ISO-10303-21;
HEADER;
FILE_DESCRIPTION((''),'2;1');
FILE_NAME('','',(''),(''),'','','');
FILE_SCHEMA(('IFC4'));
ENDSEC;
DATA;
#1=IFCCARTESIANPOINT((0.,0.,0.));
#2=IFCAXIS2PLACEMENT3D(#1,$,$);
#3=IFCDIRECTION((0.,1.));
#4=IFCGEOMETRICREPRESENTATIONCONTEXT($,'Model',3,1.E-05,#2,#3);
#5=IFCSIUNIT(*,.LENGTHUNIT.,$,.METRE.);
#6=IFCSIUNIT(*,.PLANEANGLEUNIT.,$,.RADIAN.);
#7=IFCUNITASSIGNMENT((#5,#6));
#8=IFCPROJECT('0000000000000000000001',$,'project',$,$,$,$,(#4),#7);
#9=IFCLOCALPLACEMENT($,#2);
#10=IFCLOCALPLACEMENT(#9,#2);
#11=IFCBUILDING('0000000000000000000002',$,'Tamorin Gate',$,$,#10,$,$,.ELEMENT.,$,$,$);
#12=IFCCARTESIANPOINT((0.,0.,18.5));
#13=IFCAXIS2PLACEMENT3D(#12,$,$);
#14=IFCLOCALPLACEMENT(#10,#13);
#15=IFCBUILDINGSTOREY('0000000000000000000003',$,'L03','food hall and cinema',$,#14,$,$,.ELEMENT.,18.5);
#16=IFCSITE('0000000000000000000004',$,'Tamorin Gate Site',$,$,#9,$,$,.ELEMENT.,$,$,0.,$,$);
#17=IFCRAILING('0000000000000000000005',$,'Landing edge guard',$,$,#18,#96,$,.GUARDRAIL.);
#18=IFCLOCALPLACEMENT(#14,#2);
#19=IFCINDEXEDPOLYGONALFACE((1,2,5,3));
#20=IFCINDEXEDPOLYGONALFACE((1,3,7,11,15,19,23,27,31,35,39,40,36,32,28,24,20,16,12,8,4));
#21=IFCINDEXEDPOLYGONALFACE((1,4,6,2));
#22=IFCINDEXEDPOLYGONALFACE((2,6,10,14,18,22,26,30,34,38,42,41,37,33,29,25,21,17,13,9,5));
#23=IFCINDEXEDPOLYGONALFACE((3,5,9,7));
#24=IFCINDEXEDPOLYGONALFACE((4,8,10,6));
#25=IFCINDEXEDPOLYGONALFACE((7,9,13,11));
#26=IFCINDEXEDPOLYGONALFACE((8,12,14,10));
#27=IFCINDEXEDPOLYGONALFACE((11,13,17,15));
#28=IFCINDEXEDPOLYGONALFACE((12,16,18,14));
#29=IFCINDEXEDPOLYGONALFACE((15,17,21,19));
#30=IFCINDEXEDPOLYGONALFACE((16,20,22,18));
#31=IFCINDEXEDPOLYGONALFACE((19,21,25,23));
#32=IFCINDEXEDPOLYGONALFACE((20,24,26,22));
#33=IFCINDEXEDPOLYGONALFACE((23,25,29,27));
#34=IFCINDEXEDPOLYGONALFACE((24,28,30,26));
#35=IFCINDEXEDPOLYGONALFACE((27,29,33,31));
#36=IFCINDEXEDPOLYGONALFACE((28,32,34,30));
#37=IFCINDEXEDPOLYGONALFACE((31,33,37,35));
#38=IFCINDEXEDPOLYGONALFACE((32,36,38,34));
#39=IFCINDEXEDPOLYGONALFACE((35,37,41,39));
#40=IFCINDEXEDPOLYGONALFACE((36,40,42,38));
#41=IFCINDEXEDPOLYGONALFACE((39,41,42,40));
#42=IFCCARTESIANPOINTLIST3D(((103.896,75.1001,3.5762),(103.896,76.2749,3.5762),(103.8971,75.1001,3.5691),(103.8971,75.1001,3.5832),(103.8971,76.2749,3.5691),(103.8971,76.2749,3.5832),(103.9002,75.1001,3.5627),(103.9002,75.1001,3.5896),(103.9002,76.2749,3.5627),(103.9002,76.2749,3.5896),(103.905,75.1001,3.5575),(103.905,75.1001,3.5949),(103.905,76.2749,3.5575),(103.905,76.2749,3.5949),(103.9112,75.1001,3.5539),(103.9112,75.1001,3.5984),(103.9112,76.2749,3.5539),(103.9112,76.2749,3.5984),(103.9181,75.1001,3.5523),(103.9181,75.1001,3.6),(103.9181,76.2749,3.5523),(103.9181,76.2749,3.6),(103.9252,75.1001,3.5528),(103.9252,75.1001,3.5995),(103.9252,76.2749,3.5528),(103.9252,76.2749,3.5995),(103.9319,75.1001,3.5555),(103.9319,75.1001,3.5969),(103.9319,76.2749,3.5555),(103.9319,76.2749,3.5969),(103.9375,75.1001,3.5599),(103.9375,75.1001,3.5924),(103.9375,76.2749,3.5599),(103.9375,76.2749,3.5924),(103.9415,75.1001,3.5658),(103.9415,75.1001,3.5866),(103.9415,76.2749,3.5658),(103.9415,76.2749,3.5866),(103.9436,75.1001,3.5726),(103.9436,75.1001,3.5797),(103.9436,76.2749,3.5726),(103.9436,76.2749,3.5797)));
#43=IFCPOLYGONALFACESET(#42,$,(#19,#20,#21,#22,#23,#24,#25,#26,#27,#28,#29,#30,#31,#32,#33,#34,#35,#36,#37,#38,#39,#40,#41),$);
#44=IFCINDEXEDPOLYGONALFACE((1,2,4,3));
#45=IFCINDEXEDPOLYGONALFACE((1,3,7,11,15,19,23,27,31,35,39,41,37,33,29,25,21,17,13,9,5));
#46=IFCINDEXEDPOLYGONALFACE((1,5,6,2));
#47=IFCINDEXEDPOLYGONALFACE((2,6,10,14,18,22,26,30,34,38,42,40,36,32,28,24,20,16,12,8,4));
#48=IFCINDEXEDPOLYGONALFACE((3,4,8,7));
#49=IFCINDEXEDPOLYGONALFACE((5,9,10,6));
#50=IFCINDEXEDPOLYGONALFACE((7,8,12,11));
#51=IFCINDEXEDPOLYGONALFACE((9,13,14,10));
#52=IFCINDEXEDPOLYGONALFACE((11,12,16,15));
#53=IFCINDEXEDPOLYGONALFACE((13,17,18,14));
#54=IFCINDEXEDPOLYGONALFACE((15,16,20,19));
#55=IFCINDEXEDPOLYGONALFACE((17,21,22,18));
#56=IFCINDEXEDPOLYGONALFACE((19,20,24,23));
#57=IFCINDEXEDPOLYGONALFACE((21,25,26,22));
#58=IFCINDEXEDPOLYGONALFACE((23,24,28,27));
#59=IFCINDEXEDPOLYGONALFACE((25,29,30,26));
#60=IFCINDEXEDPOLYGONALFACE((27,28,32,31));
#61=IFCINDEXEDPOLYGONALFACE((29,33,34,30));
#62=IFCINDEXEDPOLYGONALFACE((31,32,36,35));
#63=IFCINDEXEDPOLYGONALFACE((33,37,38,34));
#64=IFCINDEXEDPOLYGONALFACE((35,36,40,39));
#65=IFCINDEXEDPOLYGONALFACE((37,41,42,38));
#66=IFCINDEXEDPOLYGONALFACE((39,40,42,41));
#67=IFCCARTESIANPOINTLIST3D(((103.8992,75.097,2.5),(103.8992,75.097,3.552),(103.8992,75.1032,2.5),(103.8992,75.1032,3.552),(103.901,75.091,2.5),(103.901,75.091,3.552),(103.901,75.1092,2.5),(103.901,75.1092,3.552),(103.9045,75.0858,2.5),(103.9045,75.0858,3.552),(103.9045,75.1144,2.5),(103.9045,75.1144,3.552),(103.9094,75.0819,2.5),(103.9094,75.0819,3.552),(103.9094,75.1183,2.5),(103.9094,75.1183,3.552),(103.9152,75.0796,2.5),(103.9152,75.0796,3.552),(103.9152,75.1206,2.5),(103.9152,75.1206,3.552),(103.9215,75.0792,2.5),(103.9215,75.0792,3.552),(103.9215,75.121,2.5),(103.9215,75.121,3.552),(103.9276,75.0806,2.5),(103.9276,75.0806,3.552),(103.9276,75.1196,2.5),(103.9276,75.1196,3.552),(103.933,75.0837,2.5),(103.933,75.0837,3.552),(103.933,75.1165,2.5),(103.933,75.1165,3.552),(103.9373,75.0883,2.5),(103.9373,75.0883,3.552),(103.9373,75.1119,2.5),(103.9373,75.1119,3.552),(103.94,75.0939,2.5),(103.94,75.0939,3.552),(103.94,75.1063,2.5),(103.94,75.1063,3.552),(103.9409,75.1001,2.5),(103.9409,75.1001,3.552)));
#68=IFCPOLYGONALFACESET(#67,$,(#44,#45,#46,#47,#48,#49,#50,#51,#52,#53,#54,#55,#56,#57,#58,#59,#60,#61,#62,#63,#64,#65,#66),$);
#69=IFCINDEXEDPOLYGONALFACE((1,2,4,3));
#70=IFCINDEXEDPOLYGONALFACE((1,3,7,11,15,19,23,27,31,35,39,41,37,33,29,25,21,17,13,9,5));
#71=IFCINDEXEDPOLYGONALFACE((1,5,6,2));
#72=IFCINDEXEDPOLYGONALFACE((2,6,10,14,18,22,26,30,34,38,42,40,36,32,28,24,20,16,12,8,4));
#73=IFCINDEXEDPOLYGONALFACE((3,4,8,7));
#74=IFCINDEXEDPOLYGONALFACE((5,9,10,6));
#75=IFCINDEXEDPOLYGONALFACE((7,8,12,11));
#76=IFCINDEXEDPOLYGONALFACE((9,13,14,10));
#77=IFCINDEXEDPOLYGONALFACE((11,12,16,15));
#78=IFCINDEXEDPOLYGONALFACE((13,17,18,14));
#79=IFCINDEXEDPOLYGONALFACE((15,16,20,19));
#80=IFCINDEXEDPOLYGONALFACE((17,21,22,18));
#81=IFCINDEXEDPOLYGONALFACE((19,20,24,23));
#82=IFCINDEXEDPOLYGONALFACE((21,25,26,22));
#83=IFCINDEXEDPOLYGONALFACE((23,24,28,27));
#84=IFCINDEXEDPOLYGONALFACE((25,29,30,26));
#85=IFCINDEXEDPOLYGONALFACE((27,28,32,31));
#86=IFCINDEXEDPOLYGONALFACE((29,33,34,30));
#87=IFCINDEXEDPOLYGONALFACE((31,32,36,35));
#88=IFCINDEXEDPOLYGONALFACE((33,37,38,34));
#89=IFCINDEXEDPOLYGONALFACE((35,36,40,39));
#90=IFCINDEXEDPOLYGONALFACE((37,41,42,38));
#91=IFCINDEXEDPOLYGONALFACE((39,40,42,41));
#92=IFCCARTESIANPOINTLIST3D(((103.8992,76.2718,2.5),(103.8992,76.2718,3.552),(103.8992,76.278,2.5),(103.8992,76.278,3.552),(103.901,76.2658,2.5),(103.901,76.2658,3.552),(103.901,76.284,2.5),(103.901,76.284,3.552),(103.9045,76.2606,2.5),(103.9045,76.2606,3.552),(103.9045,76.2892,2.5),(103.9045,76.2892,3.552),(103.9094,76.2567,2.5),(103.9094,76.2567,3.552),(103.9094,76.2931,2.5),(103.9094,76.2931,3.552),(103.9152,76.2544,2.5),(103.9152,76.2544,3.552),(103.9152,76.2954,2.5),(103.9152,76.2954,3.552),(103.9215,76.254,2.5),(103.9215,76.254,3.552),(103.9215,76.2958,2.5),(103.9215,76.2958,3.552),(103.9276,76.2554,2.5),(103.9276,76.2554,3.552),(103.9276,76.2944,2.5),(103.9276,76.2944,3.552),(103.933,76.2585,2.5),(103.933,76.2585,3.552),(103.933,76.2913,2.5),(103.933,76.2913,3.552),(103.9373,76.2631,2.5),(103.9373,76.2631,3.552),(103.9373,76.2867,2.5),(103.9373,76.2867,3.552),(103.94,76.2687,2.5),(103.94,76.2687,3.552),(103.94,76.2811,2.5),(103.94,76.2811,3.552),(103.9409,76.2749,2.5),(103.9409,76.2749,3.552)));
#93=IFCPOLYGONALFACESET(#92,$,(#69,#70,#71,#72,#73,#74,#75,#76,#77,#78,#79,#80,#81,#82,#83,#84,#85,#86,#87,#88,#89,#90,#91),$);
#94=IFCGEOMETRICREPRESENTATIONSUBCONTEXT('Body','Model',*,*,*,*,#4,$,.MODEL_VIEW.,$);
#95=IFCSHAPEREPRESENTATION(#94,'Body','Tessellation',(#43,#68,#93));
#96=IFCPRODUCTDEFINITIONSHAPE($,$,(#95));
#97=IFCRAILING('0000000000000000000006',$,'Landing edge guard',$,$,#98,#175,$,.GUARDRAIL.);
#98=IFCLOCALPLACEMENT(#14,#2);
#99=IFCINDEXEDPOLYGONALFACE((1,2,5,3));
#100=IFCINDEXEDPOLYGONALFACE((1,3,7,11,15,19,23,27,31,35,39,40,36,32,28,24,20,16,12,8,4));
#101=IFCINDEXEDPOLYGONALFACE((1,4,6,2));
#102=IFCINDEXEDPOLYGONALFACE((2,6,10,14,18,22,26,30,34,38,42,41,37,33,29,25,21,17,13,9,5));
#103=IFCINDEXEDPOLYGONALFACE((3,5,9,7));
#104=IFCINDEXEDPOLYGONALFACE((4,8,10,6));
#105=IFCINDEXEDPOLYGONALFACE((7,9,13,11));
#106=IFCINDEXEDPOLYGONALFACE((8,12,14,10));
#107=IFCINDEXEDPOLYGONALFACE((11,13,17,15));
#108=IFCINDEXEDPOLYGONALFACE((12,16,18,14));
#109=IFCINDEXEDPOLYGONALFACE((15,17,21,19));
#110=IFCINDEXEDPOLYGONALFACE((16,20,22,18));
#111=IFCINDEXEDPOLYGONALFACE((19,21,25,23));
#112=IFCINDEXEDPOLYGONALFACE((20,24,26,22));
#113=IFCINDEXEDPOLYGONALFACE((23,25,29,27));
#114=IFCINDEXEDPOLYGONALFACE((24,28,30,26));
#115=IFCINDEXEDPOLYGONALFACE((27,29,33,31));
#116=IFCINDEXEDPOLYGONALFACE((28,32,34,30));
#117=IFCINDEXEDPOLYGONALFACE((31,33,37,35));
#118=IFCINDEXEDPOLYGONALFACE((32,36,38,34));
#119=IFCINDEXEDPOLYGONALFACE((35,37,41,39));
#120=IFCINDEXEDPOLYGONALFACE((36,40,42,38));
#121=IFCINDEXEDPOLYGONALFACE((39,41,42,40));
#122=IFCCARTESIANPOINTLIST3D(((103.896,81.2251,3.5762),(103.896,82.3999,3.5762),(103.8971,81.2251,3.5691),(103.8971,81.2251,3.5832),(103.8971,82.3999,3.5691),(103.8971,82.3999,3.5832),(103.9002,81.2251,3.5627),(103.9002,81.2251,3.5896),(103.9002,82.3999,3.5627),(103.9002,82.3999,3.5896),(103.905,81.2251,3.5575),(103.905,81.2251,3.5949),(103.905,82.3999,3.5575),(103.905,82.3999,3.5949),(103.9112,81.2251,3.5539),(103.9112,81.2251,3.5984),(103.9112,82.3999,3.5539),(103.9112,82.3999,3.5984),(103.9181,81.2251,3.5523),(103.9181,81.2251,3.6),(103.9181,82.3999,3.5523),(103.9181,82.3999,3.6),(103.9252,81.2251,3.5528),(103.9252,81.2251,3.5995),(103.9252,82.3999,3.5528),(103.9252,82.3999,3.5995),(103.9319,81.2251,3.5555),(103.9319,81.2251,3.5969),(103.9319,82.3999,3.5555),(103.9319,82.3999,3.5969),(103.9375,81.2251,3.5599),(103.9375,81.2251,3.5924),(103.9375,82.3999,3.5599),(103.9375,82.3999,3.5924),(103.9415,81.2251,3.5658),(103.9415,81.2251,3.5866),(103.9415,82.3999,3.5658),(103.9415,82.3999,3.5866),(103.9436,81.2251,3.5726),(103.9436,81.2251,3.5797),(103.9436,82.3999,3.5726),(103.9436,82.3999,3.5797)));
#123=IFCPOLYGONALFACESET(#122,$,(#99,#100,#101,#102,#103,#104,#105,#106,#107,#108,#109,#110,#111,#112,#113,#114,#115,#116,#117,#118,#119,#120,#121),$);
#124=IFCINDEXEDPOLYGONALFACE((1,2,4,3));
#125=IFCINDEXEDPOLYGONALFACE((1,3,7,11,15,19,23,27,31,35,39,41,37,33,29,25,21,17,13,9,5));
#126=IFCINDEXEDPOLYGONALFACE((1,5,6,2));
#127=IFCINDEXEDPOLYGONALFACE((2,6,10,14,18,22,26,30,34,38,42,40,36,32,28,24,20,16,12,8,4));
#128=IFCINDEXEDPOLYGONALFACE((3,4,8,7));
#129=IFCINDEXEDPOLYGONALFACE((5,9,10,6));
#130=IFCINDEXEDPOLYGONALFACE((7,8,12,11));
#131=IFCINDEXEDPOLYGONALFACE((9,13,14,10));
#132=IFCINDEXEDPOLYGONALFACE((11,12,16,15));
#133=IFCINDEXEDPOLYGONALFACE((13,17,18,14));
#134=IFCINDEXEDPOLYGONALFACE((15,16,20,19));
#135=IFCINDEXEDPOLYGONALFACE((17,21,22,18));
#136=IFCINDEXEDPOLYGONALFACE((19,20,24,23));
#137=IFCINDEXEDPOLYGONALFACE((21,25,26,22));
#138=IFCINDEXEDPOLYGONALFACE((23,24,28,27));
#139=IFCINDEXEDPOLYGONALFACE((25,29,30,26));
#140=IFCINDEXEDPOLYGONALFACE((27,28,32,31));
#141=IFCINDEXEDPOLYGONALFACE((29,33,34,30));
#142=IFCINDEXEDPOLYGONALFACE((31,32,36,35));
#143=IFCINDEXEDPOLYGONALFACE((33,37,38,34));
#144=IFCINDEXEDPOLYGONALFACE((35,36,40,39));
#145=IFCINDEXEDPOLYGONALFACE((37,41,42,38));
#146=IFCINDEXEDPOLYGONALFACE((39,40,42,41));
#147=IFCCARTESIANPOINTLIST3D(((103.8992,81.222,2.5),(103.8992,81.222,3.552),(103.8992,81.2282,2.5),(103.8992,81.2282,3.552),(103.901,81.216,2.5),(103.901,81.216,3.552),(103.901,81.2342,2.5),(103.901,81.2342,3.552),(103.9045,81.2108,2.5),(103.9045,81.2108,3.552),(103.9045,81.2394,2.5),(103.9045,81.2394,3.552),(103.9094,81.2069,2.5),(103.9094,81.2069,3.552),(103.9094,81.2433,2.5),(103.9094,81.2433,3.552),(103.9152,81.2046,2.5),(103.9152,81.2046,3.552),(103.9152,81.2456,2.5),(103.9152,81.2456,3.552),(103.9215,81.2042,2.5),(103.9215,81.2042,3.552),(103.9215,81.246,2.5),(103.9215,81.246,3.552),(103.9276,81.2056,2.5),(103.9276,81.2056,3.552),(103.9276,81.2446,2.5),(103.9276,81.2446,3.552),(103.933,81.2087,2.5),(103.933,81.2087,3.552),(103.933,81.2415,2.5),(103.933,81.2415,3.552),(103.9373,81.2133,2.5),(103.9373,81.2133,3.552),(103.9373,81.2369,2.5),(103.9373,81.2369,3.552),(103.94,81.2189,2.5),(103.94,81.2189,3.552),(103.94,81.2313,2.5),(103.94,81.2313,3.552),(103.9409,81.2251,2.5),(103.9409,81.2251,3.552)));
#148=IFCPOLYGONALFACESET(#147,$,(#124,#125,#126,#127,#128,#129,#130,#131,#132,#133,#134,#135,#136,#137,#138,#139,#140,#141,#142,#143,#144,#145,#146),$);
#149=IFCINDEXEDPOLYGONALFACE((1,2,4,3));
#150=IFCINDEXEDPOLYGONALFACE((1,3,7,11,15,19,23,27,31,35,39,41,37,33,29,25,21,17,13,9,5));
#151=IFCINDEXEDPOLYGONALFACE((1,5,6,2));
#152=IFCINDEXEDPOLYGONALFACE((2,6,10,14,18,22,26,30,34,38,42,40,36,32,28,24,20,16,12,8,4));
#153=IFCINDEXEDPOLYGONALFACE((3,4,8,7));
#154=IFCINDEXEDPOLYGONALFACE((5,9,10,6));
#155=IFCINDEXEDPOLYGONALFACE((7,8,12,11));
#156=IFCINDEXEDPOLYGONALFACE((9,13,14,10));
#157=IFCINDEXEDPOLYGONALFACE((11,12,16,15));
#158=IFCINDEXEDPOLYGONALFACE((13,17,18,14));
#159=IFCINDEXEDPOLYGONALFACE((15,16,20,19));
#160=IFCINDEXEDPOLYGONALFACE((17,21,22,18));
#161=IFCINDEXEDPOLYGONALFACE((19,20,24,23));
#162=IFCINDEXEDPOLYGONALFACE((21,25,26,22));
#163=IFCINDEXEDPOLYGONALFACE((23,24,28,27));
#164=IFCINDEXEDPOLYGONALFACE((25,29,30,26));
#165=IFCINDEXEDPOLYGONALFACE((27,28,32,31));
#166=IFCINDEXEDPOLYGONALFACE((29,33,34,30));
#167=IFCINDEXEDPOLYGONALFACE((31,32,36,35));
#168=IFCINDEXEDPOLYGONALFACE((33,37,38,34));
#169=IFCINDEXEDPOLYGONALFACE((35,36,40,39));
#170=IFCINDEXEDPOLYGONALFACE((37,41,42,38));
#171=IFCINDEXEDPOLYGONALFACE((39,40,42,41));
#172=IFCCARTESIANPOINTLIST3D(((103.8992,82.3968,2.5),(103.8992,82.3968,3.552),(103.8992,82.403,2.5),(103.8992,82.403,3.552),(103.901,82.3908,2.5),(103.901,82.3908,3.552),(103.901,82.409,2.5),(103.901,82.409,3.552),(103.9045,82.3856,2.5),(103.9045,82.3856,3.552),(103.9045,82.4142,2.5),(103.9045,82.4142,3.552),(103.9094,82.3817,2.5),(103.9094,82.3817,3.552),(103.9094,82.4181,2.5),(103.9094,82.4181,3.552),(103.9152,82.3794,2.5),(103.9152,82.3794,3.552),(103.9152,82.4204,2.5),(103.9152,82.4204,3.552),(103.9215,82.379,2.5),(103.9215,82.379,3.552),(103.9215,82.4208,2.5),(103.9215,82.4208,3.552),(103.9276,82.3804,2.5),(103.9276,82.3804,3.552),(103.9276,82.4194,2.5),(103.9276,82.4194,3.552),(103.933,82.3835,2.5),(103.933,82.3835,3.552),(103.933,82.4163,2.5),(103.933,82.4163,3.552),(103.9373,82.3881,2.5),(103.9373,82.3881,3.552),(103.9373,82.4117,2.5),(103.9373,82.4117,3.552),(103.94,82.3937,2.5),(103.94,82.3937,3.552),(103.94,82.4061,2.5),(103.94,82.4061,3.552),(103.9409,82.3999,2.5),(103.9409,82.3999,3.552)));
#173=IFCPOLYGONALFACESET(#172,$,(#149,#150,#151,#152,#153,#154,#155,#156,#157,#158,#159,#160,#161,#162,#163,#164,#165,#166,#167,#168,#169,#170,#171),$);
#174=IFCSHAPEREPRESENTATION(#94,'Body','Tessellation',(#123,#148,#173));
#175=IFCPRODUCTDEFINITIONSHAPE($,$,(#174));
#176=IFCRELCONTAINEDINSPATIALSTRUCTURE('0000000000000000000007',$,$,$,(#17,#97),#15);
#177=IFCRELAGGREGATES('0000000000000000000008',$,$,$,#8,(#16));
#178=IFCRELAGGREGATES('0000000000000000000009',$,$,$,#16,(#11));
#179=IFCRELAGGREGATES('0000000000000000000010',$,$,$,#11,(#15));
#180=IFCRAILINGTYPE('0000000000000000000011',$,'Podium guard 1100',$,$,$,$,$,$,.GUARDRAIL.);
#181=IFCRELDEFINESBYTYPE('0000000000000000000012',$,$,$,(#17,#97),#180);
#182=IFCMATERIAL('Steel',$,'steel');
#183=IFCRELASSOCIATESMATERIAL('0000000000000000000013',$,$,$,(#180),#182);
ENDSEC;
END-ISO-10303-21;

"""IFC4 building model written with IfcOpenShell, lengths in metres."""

from ifc_helpers import new_model, si_unit, direction, frame, origin, origin_2d, place, context, subcontext, project, spatial, circle, extrude, material, type_object, element, save


model = new_model("IFC4")

# Units and contexts
model_context = context("Model", 3, precision=1e-05, world=origin(), true_north=direction((0.0, 1.0)))
body_context = subcontext(model_context, "Body", "Model", "MODEL_VIEW")
ifc_project = project(units=[si_unit("LENGTHUNIT", "METRE"), si_unit("PLANEANGLEUNIT", "RADIAN")], contexts=[model_context])

# Site, building, storey
site_placement = place(None, origin())
site = spatial("IfcSite", under=ifc_project, at=site_placement, Name="Tamorin Gate Site", CompositionType="ELEMENT", RefElevation=0.0)
building_placement = place(site_placement, origin())
building = spatial("IfcBuilding", under=site, at=building_placement, Name="Tamorin Gate", CompositionType="ELEMENT")
storey_placement = place(building_placement, frame((0.0, 0.0, 18.5)))
storey = spatial("IfcBuildingStorey", under=building, at=storey_placement, Name="L03", Description="food hall and cinema", CompositionType="ELEMENT", Elevation=18.5)

# Railings
ifc_material_1 = material(Name="Steel", Category="steel")
railing_type_1 = type_object("IfcRailingType", Name="Podium guard 1100", PredefinedType="GUARDRAIL", material=ifc_material_1)
for number, where, name in (
    (1, (103.9199, 75.1001, 2.5), "Landing edge guard"),
    (2, (103.9199, 81.2251, 2.5), "Landing edge guard"),
):
    element("IfcRailing", number, at=place(storey_placement, frame(where)), inside=storey, type_object=railing_type_1, Name=name, PredefinedType="GUARDRAIL", context=body_context, shape_type="SweptSolid", body=[
        extrude(circle(Radius=0.0239, at=origin_2d()), frame((0.0, 0.0, 1.0762), z_axis=(0.0, 1.0, 0.0), x_axis=(-1.0, 0.0, 0.0)), (0.0, 0.0, 1.0), 1.1748),
        extrude(circle(Radius=0.021, at=origin_2d()), origin(), (0.0, 0.0, 1.0), 1.052),
        extrude(circle(Radius=0.021, at=origin_2d()), frame((0.0, 1.1748, 0.0)), (0.0, 0.0, 1.0), 1.052),
    ])

save(model, "model.ifc")
